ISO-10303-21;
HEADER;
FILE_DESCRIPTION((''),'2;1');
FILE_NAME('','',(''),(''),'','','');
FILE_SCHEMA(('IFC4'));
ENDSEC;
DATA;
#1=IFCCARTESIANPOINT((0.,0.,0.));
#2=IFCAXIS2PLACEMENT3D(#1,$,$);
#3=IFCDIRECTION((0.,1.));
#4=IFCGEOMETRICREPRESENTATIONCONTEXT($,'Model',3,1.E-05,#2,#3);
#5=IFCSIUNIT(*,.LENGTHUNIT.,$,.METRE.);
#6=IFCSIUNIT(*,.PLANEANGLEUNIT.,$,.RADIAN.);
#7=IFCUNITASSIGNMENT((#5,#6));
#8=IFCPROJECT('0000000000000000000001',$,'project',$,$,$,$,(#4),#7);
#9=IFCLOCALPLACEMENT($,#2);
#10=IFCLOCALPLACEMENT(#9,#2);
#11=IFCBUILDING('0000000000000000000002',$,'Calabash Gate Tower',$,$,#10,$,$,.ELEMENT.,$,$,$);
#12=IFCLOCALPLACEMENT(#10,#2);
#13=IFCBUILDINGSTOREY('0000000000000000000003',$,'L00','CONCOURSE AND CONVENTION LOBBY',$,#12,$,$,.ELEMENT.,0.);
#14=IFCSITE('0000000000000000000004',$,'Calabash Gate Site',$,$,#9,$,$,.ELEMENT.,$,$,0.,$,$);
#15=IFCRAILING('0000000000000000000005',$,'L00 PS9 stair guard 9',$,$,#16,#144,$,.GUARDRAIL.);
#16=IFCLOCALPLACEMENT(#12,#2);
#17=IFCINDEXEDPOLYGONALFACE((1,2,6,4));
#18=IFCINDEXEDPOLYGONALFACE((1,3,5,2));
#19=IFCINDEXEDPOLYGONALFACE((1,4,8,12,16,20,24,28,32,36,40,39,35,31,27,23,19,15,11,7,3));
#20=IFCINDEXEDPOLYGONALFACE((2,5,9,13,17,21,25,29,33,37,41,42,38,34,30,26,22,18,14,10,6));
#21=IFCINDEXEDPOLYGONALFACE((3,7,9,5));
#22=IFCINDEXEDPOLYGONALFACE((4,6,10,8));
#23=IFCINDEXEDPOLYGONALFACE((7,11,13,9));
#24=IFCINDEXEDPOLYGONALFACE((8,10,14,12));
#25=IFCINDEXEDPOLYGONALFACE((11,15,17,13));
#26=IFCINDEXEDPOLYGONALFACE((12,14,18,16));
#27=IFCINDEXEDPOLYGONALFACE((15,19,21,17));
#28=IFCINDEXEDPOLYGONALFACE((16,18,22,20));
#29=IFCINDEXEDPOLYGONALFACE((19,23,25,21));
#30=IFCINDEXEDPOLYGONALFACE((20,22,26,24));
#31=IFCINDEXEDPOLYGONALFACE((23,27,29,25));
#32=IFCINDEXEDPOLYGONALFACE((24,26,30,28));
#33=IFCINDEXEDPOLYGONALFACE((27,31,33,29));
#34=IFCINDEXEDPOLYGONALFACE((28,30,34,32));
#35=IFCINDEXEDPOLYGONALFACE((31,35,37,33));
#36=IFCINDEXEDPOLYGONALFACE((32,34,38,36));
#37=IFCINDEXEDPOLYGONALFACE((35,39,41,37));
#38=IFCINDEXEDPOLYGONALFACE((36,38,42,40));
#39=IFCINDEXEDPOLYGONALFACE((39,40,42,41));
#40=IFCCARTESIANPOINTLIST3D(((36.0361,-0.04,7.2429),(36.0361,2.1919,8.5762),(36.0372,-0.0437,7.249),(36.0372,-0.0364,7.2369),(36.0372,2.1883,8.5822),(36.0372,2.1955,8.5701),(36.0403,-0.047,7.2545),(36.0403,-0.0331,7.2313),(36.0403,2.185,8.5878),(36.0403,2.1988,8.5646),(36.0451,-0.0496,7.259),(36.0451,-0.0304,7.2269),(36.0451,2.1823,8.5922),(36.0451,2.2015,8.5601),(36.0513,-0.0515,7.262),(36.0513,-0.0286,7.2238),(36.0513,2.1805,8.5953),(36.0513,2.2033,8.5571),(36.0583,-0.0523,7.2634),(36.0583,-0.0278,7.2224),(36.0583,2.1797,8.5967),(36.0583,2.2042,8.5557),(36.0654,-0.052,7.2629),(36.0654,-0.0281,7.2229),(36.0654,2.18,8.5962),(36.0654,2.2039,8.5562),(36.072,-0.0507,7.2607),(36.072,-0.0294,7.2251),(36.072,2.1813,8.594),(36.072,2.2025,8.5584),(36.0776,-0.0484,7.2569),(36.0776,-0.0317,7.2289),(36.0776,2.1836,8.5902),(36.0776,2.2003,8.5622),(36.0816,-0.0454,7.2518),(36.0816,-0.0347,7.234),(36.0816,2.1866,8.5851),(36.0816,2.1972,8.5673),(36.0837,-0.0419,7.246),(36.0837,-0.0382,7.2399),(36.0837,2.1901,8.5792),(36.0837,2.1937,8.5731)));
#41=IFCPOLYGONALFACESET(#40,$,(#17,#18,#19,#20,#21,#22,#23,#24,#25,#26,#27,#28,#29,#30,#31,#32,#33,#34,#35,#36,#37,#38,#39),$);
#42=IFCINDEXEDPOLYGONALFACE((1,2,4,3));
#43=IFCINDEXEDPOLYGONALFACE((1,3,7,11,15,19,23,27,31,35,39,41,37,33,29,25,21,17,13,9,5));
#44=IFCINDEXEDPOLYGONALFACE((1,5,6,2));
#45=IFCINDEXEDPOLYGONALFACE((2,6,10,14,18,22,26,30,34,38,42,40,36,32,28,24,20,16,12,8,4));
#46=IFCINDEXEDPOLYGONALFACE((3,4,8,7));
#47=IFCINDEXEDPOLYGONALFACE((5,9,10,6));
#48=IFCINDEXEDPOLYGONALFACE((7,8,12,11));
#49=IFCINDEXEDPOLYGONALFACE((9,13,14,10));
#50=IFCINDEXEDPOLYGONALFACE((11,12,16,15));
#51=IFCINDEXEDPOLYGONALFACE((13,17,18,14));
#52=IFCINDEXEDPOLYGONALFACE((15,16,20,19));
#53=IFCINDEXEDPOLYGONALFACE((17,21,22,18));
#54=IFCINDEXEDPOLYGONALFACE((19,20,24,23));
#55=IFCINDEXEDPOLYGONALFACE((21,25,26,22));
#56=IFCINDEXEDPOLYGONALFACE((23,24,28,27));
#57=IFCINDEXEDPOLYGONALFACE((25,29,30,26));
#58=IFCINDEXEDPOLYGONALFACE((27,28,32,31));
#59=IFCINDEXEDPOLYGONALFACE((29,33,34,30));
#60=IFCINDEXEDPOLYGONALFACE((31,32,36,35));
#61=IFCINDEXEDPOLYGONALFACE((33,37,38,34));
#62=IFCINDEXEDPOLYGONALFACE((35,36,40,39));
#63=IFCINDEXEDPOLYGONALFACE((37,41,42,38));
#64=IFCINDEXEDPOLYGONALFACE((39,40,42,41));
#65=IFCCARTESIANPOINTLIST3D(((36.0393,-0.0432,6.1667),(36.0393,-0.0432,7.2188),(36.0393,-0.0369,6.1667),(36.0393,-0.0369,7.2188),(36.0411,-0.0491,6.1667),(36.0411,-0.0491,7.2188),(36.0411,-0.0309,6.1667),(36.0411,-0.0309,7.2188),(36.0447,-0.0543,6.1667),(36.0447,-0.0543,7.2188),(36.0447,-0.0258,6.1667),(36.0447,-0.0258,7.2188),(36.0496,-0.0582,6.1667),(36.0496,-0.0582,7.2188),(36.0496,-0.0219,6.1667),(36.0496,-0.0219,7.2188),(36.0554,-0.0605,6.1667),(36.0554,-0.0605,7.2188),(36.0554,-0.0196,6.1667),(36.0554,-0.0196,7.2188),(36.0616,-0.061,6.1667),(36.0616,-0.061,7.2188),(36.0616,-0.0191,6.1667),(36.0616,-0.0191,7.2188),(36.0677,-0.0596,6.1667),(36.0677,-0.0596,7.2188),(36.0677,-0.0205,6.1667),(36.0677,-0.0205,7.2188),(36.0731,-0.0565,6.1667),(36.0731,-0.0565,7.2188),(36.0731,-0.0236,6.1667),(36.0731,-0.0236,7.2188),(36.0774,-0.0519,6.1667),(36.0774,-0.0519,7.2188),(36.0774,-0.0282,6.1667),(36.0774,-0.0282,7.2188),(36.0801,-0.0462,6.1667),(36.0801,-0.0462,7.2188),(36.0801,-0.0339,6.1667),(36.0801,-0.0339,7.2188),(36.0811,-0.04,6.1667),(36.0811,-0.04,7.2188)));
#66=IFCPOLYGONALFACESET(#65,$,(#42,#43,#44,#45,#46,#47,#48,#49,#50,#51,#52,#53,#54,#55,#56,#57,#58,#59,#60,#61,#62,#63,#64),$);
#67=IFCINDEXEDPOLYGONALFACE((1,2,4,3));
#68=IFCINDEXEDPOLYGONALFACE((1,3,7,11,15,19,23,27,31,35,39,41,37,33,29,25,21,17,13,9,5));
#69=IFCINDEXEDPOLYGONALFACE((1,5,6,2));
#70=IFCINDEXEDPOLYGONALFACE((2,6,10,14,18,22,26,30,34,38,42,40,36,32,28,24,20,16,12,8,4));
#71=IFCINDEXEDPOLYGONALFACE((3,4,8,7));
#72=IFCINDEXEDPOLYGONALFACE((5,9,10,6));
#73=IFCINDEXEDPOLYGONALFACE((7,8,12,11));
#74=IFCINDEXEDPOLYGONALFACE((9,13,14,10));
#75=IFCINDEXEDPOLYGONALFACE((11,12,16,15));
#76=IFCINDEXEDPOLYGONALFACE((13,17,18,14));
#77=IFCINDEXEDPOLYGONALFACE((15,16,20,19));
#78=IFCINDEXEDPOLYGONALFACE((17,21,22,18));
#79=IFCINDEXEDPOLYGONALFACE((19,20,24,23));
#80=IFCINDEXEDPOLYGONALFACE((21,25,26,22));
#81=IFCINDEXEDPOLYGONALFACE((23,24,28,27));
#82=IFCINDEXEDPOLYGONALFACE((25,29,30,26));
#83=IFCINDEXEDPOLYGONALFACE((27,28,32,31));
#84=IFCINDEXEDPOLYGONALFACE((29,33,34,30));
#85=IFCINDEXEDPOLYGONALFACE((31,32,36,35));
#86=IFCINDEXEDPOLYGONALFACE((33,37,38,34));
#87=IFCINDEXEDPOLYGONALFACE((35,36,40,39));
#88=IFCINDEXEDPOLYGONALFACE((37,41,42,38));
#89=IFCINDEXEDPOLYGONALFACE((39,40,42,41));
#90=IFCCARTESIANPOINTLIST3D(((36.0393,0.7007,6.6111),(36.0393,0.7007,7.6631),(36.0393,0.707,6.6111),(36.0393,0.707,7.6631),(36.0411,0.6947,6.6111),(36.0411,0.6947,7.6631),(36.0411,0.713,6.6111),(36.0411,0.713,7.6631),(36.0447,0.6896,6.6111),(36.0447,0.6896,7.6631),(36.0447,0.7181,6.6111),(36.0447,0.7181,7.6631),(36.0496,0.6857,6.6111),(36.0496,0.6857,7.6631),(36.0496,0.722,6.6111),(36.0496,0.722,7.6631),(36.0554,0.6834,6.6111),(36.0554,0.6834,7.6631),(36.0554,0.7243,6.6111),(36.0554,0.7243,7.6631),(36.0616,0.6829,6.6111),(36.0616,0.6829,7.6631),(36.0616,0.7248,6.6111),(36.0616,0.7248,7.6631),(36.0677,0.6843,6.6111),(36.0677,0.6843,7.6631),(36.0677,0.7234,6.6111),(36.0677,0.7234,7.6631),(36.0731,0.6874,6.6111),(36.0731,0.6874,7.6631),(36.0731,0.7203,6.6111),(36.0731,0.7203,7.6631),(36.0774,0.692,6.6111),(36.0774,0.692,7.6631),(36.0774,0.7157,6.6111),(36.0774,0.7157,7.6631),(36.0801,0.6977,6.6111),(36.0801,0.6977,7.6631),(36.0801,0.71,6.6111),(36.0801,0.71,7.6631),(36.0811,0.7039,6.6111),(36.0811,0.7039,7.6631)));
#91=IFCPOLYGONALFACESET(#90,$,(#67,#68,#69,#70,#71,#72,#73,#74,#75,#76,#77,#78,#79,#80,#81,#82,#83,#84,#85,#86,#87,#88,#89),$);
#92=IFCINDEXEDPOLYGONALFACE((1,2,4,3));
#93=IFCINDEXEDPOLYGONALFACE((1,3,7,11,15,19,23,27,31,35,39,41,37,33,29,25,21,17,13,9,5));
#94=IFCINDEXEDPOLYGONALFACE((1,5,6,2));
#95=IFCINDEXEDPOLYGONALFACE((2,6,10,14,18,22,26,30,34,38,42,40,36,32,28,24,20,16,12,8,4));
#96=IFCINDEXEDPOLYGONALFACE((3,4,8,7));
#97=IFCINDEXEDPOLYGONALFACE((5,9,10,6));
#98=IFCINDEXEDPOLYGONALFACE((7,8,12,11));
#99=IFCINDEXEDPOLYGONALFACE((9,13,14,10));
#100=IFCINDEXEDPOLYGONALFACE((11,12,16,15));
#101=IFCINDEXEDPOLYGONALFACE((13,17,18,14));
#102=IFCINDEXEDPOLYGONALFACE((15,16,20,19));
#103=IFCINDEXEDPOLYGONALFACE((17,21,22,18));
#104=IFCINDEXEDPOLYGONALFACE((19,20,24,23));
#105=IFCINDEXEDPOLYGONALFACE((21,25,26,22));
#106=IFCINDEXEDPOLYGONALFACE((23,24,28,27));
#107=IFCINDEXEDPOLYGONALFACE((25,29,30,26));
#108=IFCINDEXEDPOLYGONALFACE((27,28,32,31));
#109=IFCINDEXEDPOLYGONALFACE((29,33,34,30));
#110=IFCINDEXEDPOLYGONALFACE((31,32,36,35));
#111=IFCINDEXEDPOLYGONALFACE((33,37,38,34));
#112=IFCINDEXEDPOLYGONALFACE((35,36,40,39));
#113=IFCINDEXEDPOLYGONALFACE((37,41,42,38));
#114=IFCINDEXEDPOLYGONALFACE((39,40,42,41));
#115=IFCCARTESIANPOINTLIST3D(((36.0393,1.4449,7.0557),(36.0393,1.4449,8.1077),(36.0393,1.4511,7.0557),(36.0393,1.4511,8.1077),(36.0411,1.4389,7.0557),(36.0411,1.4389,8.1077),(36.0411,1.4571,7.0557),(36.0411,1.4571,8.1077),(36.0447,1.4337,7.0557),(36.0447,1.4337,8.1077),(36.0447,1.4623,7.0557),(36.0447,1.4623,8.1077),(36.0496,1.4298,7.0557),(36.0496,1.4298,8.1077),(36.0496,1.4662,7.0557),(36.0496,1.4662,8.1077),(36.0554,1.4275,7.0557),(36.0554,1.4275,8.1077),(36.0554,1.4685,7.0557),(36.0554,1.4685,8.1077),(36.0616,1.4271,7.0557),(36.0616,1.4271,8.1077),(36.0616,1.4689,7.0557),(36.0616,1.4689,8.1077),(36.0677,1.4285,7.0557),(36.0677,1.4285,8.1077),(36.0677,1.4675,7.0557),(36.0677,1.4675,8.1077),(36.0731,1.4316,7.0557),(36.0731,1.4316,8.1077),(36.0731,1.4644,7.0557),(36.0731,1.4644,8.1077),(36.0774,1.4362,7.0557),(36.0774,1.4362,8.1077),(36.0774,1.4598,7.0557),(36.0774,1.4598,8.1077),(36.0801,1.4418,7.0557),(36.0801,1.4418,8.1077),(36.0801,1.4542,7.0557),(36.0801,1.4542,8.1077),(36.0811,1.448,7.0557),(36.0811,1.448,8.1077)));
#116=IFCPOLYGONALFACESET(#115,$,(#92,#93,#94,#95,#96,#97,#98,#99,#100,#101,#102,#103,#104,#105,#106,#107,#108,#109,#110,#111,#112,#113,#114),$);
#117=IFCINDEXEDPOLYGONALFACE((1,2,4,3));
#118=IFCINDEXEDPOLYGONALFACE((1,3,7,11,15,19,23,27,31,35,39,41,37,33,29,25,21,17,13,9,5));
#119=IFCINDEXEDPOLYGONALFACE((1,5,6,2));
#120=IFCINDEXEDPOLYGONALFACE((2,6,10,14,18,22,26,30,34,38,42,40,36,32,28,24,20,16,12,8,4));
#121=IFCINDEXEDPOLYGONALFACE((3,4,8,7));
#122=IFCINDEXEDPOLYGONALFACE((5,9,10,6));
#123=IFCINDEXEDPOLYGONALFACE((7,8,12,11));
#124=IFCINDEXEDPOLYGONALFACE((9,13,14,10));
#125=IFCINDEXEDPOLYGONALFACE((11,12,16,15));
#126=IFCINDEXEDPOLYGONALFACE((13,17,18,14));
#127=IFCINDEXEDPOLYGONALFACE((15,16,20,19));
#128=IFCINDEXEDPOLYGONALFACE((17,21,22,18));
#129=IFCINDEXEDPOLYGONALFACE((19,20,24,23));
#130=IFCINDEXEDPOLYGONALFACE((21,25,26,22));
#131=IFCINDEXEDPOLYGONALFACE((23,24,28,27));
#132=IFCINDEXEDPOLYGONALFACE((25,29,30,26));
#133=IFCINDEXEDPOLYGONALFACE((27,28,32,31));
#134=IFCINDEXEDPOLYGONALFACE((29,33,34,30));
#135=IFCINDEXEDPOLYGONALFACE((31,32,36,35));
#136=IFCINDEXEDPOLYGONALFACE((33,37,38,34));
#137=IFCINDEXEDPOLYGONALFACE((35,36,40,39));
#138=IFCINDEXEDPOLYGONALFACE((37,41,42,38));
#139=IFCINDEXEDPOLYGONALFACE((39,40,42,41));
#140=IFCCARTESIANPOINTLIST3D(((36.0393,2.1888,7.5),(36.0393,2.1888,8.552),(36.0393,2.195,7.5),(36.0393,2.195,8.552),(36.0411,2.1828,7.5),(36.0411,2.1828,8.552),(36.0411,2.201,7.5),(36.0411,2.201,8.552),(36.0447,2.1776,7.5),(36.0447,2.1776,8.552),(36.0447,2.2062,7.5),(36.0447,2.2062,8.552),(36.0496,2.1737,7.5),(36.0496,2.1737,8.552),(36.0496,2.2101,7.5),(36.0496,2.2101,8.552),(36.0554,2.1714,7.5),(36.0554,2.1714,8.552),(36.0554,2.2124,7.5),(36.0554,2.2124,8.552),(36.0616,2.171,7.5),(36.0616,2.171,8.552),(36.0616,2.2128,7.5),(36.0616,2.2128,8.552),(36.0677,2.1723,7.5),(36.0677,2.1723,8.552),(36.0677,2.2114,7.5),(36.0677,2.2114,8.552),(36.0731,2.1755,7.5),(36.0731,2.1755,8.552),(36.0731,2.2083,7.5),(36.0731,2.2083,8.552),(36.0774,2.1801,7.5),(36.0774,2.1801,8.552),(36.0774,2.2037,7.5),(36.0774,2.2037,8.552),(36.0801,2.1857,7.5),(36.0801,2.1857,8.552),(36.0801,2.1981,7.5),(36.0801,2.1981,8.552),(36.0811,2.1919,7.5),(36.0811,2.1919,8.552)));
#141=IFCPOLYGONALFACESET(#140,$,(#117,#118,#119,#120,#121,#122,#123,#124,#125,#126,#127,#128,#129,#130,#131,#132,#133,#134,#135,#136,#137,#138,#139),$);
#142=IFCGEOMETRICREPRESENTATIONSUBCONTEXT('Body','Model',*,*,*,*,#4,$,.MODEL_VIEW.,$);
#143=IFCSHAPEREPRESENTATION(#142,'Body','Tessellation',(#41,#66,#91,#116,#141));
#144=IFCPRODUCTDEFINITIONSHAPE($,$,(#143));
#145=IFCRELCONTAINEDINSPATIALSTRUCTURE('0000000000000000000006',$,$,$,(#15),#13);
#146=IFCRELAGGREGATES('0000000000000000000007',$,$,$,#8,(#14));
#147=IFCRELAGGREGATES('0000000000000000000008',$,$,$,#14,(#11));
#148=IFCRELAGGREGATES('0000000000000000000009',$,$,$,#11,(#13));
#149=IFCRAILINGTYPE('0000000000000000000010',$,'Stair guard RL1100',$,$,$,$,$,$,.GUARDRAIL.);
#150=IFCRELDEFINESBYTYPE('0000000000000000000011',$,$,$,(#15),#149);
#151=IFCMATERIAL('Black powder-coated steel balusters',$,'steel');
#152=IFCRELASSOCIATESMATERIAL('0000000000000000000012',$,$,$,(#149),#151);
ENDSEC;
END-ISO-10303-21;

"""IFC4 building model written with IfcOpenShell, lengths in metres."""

from ifc_helpers import new_model, si_unit, direction, frame, origin, origin_2d, place, context, subcontext, project, spatial, circle, extrude, material, type_object, element, save


model = new_model("IFC4")

# Units and contexts
model_context = context("Model", 3, precision=1e-05, world=origin(), true_north=direction((0.0, 1.0)))
body_context = subcontext(model_context, "Body", "Model", "MODEL_VIEW")
ifc_project = project(units=[si_unit("LENGTHUNIT", "METRE"), si_unit("PLANEANGLEUNIT", "RADIAN")], contexts=[model_context])

# Site, building, storey
site_placement = place(None, origin())
site = spatial("IfcSite", under=ifc_project, at=site_placement, Name="Calabash Gate Site", CompositionType="ELEMENT", RefElevation=0.0)
building_placement = place(site_placement, origin())
building = spatial("IfcBuilding", under=site, at=building_placement, Name="Calabash Gate Tower", CompositionType="ELEMENT")
storey_placement = place(building_placement, origin())
storey = spatial("IfcBuildingStorey", under=building, at=storey_placement, Name="L00", Description="CONCOURSE AND CONVENTION LOBBY", CompositionType="ELEMENT", Elevation=0.0)

# Railing
ifc_material_1 = material(Name="Black powder-coated steel balusters", Category="steel")
railing_type_1 = type_object("IfcRailingType", Name="Stair guard RL1100", PredefinedType="GUARDRAIL", material=ifc_material_1)
railing_1_placement = place(storey_placement, frame((36.0601, -0.04, 6.1667)))
element("IfcRailing", 1, at=railing_1_placement, inside=storey, type_object=railing_type_1, Name="L00 PS9 stair guard 9", PredefinedType="GUARDRAIL", context=body_context, shape_type="SweptSolid", body=[
    extrude(circle(Radius=0.0239, at=origin_2d()), frame((0.0, 0.0, 1.0762), z_axis=(0.0, 0.858494, 0.512824), x_axis=(-1.0, 0.0, 0.0)), (0.0, 0.0, 1.0), 2.5999),
    extrude(circle(Radius=0.021, at=origin_2d()), origin(), (0.0, 0.0, 1.0), 1.052),
    extrude(circle(Radius=0.021, at=origin_2d()), frame((0.0, 0.7439, 0.4443)), (0.0, 0.0, 1.0), 1.052),
    extrude(circle(Radius=0.021, at=origin_2d()), frame((0.0, 1.488, 0.8889)), (0.0, 0.0, 1.0), 1.052),
    extrude(circle(Radius=0.021, at=origin_2d()), frame((0.0, 2.2319, 1.3333)), (0.0, 0.0, 1.0), 1.052),
])

save(model, "model.ifc")
